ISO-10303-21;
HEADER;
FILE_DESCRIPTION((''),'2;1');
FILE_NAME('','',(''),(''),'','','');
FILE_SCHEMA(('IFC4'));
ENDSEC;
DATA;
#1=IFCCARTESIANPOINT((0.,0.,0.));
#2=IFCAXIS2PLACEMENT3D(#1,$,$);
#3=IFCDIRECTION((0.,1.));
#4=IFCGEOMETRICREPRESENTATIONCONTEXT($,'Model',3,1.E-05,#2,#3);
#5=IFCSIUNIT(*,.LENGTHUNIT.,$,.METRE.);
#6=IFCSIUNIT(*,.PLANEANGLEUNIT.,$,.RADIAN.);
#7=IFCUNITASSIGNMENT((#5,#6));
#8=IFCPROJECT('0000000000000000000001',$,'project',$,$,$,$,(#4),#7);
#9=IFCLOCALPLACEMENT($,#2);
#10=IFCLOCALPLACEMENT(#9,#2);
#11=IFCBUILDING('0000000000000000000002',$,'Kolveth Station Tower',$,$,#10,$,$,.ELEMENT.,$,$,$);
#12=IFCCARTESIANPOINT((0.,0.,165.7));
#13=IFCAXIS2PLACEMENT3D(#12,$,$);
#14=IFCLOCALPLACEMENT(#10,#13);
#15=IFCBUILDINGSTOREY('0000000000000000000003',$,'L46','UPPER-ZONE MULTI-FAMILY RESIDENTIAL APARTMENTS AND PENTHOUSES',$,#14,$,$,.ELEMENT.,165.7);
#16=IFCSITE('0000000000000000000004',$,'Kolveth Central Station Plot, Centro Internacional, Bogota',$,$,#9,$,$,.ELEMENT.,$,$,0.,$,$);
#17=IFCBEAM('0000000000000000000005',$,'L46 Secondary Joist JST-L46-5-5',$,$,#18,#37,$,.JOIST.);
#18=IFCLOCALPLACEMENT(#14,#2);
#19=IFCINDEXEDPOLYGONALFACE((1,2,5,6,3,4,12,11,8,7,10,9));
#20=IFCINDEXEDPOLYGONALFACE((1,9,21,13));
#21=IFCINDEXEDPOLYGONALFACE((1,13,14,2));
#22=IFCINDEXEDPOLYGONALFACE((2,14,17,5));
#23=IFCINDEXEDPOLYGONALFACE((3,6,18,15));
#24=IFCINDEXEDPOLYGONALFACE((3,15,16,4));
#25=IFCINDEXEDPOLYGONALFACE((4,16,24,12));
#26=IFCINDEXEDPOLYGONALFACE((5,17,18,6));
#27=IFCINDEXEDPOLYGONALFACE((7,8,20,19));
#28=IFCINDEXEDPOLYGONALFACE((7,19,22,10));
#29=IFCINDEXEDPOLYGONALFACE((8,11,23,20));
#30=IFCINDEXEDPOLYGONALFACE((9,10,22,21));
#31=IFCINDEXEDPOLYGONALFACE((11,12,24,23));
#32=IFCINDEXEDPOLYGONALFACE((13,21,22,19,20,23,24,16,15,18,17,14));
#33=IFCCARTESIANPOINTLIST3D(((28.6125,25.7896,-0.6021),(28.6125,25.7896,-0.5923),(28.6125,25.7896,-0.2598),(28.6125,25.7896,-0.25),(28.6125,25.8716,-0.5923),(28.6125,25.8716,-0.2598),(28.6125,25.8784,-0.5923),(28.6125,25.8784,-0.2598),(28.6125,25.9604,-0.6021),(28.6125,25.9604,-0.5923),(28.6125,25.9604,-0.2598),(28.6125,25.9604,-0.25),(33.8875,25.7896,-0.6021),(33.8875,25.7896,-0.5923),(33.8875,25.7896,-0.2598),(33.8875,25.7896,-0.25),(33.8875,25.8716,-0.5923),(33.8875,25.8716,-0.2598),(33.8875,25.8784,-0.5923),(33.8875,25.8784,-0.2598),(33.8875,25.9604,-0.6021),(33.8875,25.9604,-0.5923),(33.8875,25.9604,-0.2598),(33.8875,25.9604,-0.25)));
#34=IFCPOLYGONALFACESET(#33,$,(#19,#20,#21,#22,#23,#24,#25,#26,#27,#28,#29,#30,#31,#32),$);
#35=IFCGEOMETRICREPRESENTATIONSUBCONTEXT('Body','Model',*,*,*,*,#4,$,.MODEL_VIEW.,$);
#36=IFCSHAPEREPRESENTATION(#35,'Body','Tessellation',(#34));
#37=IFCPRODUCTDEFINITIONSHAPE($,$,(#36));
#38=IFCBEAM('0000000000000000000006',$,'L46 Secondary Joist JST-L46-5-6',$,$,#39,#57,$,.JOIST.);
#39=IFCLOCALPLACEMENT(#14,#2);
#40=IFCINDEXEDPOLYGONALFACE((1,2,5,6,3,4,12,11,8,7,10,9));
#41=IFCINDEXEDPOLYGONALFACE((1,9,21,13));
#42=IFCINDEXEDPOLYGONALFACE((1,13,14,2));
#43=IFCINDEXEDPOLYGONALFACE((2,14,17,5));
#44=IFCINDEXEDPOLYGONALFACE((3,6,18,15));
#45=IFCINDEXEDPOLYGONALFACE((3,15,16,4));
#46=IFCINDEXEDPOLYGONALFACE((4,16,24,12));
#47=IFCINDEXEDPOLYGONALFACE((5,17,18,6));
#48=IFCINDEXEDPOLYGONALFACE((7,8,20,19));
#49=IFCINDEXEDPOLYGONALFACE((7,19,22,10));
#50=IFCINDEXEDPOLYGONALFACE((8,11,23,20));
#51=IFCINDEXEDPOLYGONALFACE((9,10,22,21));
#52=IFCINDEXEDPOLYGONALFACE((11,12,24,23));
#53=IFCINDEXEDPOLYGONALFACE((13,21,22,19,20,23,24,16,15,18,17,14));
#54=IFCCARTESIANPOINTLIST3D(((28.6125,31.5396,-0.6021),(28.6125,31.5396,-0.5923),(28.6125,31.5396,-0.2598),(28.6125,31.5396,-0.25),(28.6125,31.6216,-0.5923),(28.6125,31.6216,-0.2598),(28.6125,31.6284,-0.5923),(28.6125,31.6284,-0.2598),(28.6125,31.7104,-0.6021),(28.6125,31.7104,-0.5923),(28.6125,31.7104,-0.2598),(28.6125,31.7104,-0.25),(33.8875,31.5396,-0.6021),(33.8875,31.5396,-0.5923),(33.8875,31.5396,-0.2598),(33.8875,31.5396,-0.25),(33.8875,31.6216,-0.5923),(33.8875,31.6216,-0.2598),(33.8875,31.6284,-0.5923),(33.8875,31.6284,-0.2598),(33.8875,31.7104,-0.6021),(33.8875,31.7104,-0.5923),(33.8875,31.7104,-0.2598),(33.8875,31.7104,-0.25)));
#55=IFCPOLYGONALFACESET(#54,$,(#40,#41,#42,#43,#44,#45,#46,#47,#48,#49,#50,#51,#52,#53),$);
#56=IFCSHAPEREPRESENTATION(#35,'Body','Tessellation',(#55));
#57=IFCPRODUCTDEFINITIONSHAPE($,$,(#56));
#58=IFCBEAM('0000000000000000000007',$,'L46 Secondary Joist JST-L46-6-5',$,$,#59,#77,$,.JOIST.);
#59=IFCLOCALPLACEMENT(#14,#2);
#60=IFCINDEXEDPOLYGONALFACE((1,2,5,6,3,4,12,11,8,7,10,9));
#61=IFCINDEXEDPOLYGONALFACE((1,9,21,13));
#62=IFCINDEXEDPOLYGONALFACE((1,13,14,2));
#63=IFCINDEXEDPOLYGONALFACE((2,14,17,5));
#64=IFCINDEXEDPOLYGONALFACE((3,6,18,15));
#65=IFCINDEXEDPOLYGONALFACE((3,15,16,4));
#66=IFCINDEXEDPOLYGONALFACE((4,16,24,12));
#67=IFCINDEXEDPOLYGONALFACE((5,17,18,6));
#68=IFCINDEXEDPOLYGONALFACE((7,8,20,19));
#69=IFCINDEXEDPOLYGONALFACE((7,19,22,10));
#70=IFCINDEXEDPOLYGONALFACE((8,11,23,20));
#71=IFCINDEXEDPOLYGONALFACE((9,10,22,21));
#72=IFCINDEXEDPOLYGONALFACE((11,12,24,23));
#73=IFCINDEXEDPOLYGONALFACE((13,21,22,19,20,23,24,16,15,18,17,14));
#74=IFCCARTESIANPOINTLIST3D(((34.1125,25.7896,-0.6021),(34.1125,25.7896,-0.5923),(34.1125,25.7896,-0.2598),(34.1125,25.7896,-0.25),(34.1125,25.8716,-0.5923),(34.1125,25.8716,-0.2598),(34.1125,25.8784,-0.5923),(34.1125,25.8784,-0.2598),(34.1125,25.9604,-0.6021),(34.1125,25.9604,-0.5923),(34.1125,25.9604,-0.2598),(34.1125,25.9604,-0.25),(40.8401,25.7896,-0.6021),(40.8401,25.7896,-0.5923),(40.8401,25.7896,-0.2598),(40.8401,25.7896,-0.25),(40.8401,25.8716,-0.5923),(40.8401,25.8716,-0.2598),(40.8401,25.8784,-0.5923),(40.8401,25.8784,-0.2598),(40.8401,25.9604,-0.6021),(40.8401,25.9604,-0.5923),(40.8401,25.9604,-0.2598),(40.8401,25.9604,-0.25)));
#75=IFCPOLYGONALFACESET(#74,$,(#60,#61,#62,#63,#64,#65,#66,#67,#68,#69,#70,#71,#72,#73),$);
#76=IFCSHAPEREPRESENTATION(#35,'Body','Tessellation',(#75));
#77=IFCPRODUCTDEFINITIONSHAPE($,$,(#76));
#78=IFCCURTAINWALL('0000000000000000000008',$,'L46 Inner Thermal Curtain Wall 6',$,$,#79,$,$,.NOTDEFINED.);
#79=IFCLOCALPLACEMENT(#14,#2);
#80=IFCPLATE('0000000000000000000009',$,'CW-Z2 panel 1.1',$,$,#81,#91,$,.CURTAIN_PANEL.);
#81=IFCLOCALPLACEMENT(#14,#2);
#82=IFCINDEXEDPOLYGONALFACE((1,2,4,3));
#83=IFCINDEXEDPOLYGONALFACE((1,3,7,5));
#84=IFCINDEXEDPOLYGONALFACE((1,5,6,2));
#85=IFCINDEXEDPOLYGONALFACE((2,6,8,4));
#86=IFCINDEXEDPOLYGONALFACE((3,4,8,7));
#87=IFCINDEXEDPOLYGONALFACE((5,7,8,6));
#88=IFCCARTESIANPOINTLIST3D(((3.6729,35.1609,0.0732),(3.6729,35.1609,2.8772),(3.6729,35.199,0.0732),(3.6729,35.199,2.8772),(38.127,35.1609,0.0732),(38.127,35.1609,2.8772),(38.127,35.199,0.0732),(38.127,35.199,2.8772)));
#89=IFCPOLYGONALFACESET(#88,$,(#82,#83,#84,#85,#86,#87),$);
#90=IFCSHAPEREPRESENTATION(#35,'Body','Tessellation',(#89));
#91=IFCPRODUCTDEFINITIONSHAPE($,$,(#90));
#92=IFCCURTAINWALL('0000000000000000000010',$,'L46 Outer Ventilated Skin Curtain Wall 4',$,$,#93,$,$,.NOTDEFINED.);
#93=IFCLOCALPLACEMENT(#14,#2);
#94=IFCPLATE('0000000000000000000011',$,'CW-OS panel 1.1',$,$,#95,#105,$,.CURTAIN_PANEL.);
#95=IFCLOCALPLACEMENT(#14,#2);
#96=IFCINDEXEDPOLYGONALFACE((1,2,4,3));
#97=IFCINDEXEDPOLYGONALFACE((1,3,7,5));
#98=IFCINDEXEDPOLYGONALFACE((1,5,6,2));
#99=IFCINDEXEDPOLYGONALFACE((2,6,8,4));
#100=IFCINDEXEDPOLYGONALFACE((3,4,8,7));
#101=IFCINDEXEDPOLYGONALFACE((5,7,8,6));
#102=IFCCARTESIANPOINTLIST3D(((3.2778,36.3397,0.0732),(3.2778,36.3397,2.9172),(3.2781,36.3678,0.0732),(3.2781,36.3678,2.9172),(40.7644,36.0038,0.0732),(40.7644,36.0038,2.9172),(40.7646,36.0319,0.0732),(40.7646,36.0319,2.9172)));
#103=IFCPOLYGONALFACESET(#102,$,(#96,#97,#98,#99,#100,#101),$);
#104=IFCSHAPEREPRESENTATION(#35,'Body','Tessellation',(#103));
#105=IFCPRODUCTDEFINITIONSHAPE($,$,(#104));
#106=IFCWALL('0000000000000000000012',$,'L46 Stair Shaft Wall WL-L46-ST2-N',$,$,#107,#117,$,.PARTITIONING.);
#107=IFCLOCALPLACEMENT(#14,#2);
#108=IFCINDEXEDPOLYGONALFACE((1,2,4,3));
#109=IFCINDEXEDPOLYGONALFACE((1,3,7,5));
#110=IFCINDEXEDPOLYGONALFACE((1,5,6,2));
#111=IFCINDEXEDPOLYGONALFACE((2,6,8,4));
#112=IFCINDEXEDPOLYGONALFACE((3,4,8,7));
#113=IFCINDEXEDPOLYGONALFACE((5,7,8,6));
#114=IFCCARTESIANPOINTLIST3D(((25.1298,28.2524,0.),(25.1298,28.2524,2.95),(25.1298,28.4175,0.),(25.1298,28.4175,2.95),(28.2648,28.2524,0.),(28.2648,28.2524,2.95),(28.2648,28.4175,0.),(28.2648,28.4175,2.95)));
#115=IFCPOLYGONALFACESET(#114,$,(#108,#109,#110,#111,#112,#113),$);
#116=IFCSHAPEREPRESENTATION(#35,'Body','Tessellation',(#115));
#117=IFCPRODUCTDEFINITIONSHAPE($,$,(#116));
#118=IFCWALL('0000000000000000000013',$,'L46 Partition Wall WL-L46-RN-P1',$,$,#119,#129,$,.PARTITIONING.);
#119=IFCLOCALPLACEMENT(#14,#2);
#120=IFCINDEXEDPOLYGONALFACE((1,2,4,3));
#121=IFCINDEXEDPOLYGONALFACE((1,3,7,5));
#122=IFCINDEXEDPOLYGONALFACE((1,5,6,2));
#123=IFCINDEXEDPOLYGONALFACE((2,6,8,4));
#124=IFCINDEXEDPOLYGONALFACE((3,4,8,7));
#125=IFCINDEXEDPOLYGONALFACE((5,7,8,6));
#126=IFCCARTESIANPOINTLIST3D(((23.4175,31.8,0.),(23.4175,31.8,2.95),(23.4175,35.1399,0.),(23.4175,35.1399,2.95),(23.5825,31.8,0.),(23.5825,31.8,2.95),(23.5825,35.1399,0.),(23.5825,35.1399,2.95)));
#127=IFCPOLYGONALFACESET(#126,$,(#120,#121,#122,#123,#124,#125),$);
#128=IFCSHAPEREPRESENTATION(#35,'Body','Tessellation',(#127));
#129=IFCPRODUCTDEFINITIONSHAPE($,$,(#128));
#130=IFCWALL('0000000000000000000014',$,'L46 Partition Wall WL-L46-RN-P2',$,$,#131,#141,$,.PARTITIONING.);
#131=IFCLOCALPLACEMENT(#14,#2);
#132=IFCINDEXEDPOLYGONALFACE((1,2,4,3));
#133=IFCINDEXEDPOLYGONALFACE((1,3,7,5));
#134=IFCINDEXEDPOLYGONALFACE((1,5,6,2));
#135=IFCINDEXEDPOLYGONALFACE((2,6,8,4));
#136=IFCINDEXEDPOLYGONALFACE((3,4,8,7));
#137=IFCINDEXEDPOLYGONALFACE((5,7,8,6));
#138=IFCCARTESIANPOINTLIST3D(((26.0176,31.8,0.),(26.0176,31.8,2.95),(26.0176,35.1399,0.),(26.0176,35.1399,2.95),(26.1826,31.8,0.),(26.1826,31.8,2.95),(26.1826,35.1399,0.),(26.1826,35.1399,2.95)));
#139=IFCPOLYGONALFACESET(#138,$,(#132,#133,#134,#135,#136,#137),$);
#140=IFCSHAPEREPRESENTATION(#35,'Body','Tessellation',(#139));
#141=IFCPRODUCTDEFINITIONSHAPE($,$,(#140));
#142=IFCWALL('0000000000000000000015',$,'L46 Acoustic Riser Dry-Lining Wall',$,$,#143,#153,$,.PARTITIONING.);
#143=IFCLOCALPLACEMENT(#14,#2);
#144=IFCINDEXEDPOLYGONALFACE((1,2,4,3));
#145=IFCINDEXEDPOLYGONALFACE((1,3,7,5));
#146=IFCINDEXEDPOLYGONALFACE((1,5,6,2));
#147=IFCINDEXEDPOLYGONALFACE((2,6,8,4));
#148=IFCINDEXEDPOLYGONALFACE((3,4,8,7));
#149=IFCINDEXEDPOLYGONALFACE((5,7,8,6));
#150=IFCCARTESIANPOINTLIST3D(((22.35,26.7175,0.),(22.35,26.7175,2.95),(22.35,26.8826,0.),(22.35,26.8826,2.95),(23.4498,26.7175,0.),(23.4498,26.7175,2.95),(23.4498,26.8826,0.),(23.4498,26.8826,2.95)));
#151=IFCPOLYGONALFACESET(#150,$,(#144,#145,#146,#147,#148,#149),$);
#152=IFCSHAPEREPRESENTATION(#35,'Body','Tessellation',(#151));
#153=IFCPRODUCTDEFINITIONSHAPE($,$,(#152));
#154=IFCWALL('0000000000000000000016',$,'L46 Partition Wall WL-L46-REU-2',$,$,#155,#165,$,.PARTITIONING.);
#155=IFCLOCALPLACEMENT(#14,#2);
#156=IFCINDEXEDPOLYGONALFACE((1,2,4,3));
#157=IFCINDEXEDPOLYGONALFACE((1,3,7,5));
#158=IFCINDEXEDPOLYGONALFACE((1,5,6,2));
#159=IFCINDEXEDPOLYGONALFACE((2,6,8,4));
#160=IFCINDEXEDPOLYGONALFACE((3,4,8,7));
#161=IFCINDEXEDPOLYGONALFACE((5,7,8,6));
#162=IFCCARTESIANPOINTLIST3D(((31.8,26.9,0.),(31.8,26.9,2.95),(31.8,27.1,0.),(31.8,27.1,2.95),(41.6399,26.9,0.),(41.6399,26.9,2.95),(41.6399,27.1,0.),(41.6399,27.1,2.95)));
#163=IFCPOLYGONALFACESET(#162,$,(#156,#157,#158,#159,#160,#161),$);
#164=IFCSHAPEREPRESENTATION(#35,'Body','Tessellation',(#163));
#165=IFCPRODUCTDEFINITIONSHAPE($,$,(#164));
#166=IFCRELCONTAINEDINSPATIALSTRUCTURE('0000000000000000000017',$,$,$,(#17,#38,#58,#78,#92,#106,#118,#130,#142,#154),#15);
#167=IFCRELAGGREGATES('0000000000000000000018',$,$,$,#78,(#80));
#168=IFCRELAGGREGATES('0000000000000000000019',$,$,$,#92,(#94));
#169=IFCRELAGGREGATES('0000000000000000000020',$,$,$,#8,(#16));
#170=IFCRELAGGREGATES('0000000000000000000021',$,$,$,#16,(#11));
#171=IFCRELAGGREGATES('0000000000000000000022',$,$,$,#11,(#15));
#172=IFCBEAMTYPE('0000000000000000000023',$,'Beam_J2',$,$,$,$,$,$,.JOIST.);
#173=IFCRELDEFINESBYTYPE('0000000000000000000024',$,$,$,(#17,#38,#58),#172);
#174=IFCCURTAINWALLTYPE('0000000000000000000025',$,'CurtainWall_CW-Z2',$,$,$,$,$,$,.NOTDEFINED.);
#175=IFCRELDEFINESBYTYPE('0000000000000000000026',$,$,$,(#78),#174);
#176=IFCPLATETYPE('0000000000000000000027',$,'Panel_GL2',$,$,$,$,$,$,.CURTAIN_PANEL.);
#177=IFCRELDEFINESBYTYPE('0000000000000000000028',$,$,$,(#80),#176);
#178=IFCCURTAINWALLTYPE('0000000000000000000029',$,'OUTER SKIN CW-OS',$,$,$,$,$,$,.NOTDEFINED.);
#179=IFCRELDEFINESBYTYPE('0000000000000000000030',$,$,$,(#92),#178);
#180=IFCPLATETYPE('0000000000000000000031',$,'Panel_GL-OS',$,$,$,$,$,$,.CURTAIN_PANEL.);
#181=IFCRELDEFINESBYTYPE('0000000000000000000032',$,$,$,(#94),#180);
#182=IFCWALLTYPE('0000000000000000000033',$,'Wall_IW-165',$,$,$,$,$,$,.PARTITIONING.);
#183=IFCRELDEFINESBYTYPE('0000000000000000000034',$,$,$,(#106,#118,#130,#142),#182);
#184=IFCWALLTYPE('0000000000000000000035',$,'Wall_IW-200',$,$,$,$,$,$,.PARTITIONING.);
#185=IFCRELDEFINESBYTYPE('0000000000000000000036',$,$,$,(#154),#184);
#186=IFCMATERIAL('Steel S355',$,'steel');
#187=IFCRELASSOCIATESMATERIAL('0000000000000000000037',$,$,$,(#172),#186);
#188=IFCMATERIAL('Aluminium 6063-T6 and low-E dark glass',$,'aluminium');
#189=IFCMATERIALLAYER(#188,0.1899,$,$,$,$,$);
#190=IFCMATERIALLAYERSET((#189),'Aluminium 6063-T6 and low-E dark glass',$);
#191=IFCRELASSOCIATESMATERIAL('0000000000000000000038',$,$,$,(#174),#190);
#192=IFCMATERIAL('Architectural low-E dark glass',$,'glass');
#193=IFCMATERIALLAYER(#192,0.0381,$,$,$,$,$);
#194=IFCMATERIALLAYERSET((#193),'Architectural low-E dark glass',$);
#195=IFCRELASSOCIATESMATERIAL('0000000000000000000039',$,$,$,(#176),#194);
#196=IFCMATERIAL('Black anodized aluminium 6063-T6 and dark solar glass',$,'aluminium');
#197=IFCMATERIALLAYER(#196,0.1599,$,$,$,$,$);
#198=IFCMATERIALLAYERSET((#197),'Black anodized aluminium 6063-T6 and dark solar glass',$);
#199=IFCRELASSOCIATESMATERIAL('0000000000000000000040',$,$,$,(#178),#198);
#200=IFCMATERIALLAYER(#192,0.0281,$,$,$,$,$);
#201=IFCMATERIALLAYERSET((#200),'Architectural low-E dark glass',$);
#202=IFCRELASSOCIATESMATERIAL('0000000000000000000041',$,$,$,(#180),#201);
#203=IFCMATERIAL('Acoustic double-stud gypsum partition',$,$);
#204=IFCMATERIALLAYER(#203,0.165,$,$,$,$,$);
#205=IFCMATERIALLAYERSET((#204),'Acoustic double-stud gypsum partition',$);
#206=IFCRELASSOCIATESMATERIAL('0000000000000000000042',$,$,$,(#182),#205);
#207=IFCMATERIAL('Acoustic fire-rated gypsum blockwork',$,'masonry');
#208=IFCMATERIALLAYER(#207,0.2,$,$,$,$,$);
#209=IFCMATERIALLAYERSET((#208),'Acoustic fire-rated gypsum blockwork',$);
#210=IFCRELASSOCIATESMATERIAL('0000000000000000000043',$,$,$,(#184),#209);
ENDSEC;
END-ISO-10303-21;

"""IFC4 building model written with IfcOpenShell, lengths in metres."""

from ifc_helpers import new_model, si_unit, direction, frame, frame_2d, origin, origin_2d, place, context, subcontext, project, spatial, rectangle, i_section, extrude, source, transform, mapped, material, layer, layer_set, material_profile, profile_set, type_object, element, aggregate, save


model = new_model("IFC4")

# Units and contexts
model_context = context("Model", 3, precision=1e-05, world=origin(), true_north=direction((0.0, 1.0)))
body_context = subcontext(model_context, "Body", "Model", "MODEL_VIEW")
ifc_project = project(units=[si_unit("LENGTHUNIT", "METRE"), si_unit("PLANEANGLEUNIT", "RADIAN")], contexts=[model_context])

# Site, building, storey
site_placement = place(None, origin())
site = spatial("IfcSite", under=ifc_project, at=site_placement, Name="Kolveth Central Station Plot, Centro Internacional, Bogota", CompositionType="ELEMENT", RefElevation=0.0)
building_placement = place(site_placement, origin())
building = spatial("IfcBuilding", under=site, at=building_placement, Name="Kolveth Station Tower", CompositionType="ELEMENT")
storey_placement = place(building_placement, frame((0.0, 0.0, 165.7)))
storey = spatial("IfcBuildingStorey", under=building, at=storey_placement, Name="L46", Description="UPPER-ZONE MULTI-FAMILY RESIDENTIAL APARTMENTS AND PENTHOUSES", CompositionType="ELEMENT", Elevation=165.7)

# Shared definitions
ifc_material_1 = material(Name="Steel S355", Category="steel")

# Beams
ifc_material_profile_1 = material_profile(ifc_material_1, i_section(OverallWidth=0.1709, OverallDepth=0.3521, WebThickness=0.0068, FlangeThickness=0.0098, at=origin_2d()), Name="W360x44")
ifc_profile_set_1 = profile_set([ifc_material_profile_1], Name="Steel S355")
beam_type_1 = type_object("IfcBeamType", Name="Beam_J2", PredefinedType="JOIST", material=ifc_profile_set_1)
shared_shape_1 = source(origin(), body_context, "Body", "SweptSolid", [
    extrude(i_section(OverallWidth=0.1709, OverallDepth=0.3521, WebThickness=0.0068, FlangeThickness=0.0098, at=origin_2d()), origin(), (0.0, 0.0, 1.0), 5.2749),
])
for number, where, z_axis, x_axis, name in (
    (1, (28.6125, 25.875, -0.426), (1.0, 0.0, 0.0), (0.0, 1.0, 0.0), "L46 Secondary Joist JST-L46-5-5"),
    (2, (28.6125, 31.625, -0.426), (1.0, 0.0, 0.0), (0.0, 1.0, 0.0), "L46 Secondary Joist JST-L46-5-6"),
):
    element("IfcBeam", number, at=place(storey_placement, frame(where, z_axis=z_axis, x_axis=x_axis)), inside=storey, type_object=beam_type_1, Name=name, PredefinedType="JOIST", context=body_context, shape_type="MappedRepresentation", body=[
        mapped(shared_shape_1, transform((0.0, 0.0, 0.0), x_axis=(1.0, 0.0, 0.0), y_axis=(0.0, 1.0, 0.0), z_axis=(0.0, 0.0, 1.0), scale=1.0)),
    ])
shared_shape_2 = source(origin(), body_context, "Body", "SweptSolid", [
    extrude(i_section(OverallWidth=0.1709, OverallDepth=0.3521, WebThickness=0.0068, FlangeThickness=0.0098, at=origin_2d()), origin(), (0.0, 0.0, 1.0), 6.7275),
])
beam_1_placement = place(storey_placement, frame((34.1125, 25.875, -0.426), z_axis=(1.0, 0.0, 0.0), x_axis=(0.0, 1.0, 0.0)))
element("IfcBeam", 3, at=beam_1_placement, inside=storey, type_object=beam_type_1, Name="L46 Secondary Joist JST-L46-6-5", PredefinedType="JOIST", context=body_context, shape_type="MappedRepresentation", body=[
    mapped(shared_shape_2, transform((0.0, 0.0, 0.0), x_axis=(1.0, 0.0, 0.0), y_axis=(0.0, 1.0, 0.0), z_axis=(0.0, 0.0, 1.0), scale=1.0)),
])

# Curtain walls, plates
ifc_material_2 = material(Name="Aluminium 6063-T6 and low-E dark glass", Category="aluminium")
ifc_layer_1 = layer(ifc_material_2, 0.1899)
ifc_layer_set_1 = layer_set([ifc_layer_1], Name="Aluminium 6063-T6 and low-E dark glass")
curtain_wall_type_1 = type_object("IfcCurtainWallType", Name="CurtainWall_CW-Z2", PredefinedType="NOTDEFINED", material=ifc_layer_set_1)
curtain_wall_1_placement = place(storey_placement, origin())
curtain_wall_1 = element("IfcCurtainWall", 4, at=curtain_wall_1_placement, inside=storey, type_object=curtain_wall_type_1, Name="L46 Inner Thermal Curtain Wall 6", PredefinedType="NOTDEFINED")
ifc_material_3 = material(Name="Architectural low-E dark glass", Category="glass")
ifc_layer_2 = layer(ifc_material_3, 0.0381)
ifc_layer_set_2 = layer_set([ifc_layer_2], Name="Architectural low-E dark glass")
plate_type_1 = type_object("IfcPlateType", Name="Panel_GL2", PredefinedType="CURTAIN_PANEL", material=ifc_layer_set_2)
shared_shape_3 = source(origin(), body_context, "Body", "SweptSolid", [
    extrude(rectangle(XDim=34.4541, YDim=0.0381, at=origin_2d()), origin(), (0.0, 0.0, 1.0), 2.804),
])
plate_1_placement = place(storey_placement, frame((20.8999, 35.1799, 0.0732), z_axis=(0.0, 0.0, 1.0), x_axis=(-1.0, 0.0, 0.0)))
plate_1 = element("IfcPlate", 5, at=plate_1_placement, type_object=plate_type_1, Name="CW-Z2 panel 1.1", PredefinedType="CURTAIN_PANEL", context=body_context, shape_type="MappedRepresentation", body=[
    mapped(shared_shape_3, transform((0.0, 0.0, 0.0), x_axis=(1.0, 0.0, 0.0), y_axis=(0.0, 1.0, 0.0), z_axis=(0.0, 0.0, 1.0), scale=1.0)),
])
aggregate(curtain_wall_1, [plate_1])
ifc_material_4 = material(Name="Black anodized aluminium 6063-T6 and dark solar glass", Category="aluminium")
ifc_layer_3 = layer(ifc_material_4, 0.1599)
ifc_layer_set_3 = layer_set([ifc_layer_3], Name="Black anodized aluminium 6063-T6 and dark solar glass")
curtain_wall_type_2 = type_object("IfcCurtainWallType", Name="OUTER SKIN CW-OS", PredefinedType="NOTDEFINED", material=ifc_layer_set_3)
curtain_wall_2_placement = place(storey_placement, origin())
curtain_wall_2 = element("IfcCurtainWall", 6, at=curtain_wall_2_placement, inside=storey, type_object=curtain_wall_type_2, Name="L46 Outer Ventilated Skin Curtain Wall 4", PredefinedType="NOTDEFINED")
ifc_layer_4 = layer(ifc_material_3, 0.0281)
ifc_layer_set_4 = layer_set([ifc_layer_4], Name="Architectural low-E dark glass")
plate_type_2 = type_object("IfcPlateType", Name="Panel_GL-OS", PredefinedType="CURTAIN_PANEL", material=ifc_layer_set_4)
shared_shape_4 = source(origin(), body_context, "Body", "SweptSolid", [
    extrude(rectangle(XDim=37.488, YDim=0.0281, at=origin_2d()), origin(), (0.0, 0.0, 1.0), 2.844),
])
plate_2_placement = place(storey_placement, frame((22.0212, 36.1858, 0.0732), z_axis=(0.0, 0.0, 1.0), x_axis=(-0.99996, 0.008961, 0.0)))
plate_2 = element("IfcPlate", 7, at=plate_2_placement, type_object=plate_type_2, Name="CW-OS panel 1.1", PredefinedType="CURTAIN_PANEL", context=body_context, shape_type="MappedRepresentation", body=[
    mapped(shared_shape_4, transform((0.0, 0.0, 0.0), x_axis=(1.0, 0.0, 0.0), y_axis=(0.0, 1.0, 0.0), z_axis=(0.0, 0.0, 1.0), scale=1.0)),
])
aggregate(curtain_wall_2, [plate_2])

# Walls
ifc_material_5 = material(Name="Acoustic double-stud gypsum partition")
ifc_layer_5 = layer(ifc_material_5, 0.165)
ifc_layer_set_5 = layer_set([ifc_layer_5], Name="Acoustic double-stud gypsum partition")
wall_type_1 = type_object("IfcWallType", Name="Wall_IW-165", PredefinedType="PARTITIONING", material=ifc_layer_set_5)
wall_1_placement = place(storey_placement, frame((25.1299, 28.335, 0.0), z_axis=(0.0, 0.0, 1.0), x_axis=(1.0, 0.0, 0.0)))
element("IfcWall", 8, at=wall_1_placement, inside=storey, type_object=wall_type_1, Name="L46 Stair Shaft Wall WL-L46-ST2-N", PredefinedType="PARTITIONING", context=body_context, shape_type="SweptSolid", body=[
    extrude(rectangle(XDim=3.135, YDim=0.165, at=frame_2d((1.5674, 0.0))), origin(), (0.0, 0.0, 1.0), 2.95),
])
for number, where, z_axis, x_axis, name in (
    (9, (23.5, 31.8, 0.0), (0.0, 0.0, 1.0), (0.0, 1.0, 0.0), "L46 Partition Wall WL-L46-RN-P1"),
    (10, (26.1001, 31.8, 0.0), (0.0, 0.0, 1.0), (0.0, 1.0, 0.0), "L46 Partition Wall WL-L46-RN-P2"),
):
    element("IfcWall", number, at=place(storey_placement, frame(where, z_axis=z_axis, x_axis=x_axis)), inside=storey, type_object=wall_type_1, Name=name, PredefinedType="PARTITIONING", context=body_context, shape_type="SweptSolid", body=[
        extrude(rectangle(XDim=3.3398, YDim=0.165, at=frame_2d((1.6699, 0.0))), origin(), (0.0, 0.0, 1.0), 2.95),
    ])
wall_2_placement = place(storey_placement, frame((22.3501, 26.8, 0.0), z_axis=(0.0, 0.0, 1.0), x_axis=(1.0, 0.0, 0.0)))
element("IfcWall", 11, at=wall_2_placement, inside=storey, type_object=wall_type_1, Name="L46 Acoustic Riser Dry-Lining Wall", PredefinedType="PARTITIONING", context=body_context, shape_type="SweptSolid", body=[
    extrude(rectangle(XDim=1.0999, YDim=0.165, at=frame_2d((0.5498, 0.0))), origin(), (0.0, 0.0, 1.0), 2.95),
])
ifc_material_6 = material(Name="Acoustic fire-rated gypsum blockwork", Category="masonry")
ifc_layer_6 = layer(ifc_material_6, 0.2)
ifc_layer_set_6 = layer_set([ifc_layer_6], Name="Acoustic fire-rated gypsum blockwork")
wall_type_2 = type_object("IfcWallType", Name="Wall_IW-200", PredefinedType="PARTITIONING", material=ifc_layer_set_6)
wall_3_placement = place(storey_placement, frame((31.8, 27.0, 0.0), z_axis=(0.0, 0.0, 1.0), x_axis=(1.0, 0.0, 0.0)))
element("IfcWall", 12, at=wall_3_placement, inside=storey, type_object=wall_type_2, Name="L46 Partition Wall WL-L46-REU-2", PredefinedType="PARTITIONING", context=body_context, shape_type="SweptSolid", body=[
    extrude(rectangle(XDim=9.8398, YDim=0.2, at=frame_2d((4.9199, 0.0))), origin(), (0.0, 0.0, 1.0), 2.95),
])

save(model, "model.ifc")
